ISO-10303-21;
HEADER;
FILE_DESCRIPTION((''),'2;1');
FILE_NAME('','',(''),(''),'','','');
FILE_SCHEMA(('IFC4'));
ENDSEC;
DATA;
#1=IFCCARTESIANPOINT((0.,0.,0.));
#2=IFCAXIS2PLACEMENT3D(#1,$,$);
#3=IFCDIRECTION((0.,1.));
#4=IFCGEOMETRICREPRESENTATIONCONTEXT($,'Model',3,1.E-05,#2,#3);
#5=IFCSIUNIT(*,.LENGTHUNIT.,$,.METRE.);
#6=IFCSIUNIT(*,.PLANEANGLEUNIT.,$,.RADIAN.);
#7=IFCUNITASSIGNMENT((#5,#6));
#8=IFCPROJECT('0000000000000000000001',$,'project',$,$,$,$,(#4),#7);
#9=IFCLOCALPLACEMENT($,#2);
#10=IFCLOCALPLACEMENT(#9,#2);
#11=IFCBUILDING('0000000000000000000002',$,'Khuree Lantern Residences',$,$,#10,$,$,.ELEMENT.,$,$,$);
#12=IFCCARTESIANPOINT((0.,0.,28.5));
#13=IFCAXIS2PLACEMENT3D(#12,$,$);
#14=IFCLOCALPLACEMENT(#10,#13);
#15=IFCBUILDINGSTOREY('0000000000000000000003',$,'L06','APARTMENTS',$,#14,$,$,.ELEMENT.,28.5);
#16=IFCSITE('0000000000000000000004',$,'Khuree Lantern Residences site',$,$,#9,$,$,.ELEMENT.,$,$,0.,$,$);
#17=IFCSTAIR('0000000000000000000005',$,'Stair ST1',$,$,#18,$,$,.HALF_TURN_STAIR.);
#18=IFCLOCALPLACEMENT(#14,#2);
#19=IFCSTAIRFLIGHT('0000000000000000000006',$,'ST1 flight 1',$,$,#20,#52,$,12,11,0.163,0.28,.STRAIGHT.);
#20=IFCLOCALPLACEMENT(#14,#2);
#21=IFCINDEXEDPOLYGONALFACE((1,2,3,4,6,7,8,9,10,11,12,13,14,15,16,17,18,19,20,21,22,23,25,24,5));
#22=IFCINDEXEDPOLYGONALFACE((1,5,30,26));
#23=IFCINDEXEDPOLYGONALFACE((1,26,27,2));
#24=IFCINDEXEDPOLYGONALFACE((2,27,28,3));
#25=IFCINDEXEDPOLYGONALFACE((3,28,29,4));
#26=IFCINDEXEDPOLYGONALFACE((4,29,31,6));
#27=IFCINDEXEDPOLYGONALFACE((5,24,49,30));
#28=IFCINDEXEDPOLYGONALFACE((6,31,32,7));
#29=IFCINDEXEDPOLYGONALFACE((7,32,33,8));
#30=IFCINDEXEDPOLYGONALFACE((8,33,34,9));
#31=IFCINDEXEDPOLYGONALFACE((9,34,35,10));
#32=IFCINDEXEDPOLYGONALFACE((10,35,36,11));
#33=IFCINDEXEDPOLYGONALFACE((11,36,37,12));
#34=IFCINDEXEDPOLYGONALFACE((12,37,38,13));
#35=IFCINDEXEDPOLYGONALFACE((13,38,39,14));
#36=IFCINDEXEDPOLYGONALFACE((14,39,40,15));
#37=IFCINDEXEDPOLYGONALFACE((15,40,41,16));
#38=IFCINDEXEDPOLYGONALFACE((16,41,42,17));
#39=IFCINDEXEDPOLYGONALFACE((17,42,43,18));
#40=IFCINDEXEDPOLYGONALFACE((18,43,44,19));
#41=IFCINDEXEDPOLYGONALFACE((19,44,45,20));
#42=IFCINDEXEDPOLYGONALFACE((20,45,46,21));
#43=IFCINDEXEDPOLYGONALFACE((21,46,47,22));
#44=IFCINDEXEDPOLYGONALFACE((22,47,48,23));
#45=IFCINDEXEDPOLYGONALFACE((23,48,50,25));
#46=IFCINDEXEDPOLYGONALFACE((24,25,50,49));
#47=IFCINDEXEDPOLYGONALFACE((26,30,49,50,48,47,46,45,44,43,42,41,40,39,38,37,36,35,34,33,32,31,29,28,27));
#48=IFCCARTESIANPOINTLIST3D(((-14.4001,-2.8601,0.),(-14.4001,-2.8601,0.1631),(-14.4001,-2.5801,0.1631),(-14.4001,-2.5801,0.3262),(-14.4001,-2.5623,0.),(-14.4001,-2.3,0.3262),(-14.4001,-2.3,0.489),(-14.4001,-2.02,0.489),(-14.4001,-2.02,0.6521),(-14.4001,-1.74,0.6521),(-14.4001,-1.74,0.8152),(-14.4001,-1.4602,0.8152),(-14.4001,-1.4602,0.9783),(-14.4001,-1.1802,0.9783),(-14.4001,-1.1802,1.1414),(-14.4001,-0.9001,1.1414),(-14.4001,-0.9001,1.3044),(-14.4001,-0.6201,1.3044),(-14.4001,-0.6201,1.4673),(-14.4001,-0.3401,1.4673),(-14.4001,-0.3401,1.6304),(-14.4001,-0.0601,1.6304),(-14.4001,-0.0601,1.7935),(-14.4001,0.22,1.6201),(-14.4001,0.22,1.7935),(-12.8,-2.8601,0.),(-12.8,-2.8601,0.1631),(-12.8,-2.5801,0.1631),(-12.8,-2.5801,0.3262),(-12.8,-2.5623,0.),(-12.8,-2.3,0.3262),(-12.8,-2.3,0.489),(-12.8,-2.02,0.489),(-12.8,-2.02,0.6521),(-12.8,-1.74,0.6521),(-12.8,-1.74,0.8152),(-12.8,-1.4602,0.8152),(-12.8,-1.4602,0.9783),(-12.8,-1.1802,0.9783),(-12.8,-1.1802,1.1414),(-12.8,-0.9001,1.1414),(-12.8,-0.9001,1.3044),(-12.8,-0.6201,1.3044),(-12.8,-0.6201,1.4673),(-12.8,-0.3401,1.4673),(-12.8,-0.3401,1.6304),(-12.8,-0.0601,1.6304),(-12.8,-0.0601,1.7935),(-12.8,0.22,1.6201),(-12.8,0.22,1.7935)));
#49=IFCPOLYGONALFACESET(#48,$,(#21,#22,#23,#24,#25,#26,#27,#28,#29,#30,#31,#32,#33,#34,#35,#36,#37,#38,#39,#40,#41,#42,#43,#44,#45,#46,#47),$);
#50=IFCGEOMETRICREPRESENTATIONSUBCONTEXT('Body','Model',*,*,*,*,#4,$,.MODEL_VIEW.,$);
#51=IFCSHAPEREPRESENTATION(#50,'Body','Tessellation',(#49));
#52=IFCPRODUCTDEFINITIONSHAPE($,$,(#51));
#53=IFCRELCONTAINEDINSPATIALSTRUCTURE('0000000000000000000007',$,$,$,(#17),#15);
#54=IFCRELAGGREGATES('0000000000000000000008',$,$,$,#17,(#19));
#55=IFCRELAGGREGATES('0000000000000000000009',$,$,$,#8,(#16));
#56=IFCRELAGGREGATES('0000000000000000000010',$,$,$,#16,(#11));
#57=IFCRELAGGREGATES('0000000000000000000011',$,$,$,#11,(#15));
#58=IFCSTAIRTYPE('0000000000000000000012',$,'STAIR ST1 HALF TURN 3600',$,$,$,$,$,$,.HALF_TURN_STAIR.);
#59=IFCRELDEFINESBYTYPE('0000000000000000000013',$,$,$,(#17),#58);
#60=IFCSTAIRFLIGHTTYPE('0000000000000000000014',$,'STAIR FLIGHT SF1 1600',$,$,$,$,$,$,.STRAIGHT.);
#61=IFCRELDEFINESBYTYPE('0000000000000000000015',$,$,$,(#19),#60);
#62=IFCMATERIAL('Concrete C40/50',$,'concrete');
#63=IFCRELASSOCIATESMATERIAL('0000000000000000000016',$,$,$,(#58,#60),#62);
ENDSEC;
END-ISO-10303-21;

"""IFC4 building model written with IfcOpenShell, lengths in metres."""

from ifc_helpers import new_model, si_unit, direction, frame, origin, place, context, subcontext, project, spatial, polyline, outline, extrude, material, type_object, element, aggregate, save


model = new_model("IFC4")

# Units and contexts
model_context = context("Model", 3, precision=1e-05, world=origin(), true_north=direction((0.0, 1.0)))
body_context = subcontext(model_context, "Body", "Model", "MODEL_VIEW")
ifc_project = project(units=[si_unit("LENGTHUNIT", "METRE"), si_unit("PLANEANGLEUNIT", "RADIAN")], contexts=[model_context])

# Site, building, storey
site_placement = place(None, origin())
site = spatial("IfcSite", under=ifc_project, at=site_placement, Name="Khuree Lantern Residences site", CompositionType="ELEMENT", RefElevation=0.0)
building_placement = place(site_placement, origin())
building = spatial("IfcBuilding", under=site, at=building_placement, Name="Khuree Lantern Residences", CompositionType="ELEMENT")
storey_placement = place(building_placement, frame((0.0, 0.0, 28.5)))
storey = spatial("IfcBuildingStorey", under=building, at=storey_placement, Name="L06", Description="APARTMENTS", CompositionType="ELEMENT", Elevation=28.5)

# Stair, stair flight
ifc_material_1 = material(Name="Concrete C40/50", Category="concrete")
stair_type = type_object("IfcStairType", Name="STAIR ST1 HALF TURN 3600", PredefinedType="HALF_TURN_STAIR", material=ifc_material_1)
stair_placement = place(storey_placement, origin())
stair = element("IfcStair", 1, at=stair_placement, inside=storey, type_object=stair_type, Name="Stair ST1", PredefinedType="HALF_TURN_STAIR")
stair_flight_type = type_object("IfcStairFlightType", Name="STAIR FLIGHT SF1 1600", PredefinedType="STRAIGHT", material=ifc_material_1)
stair_flight_placement = place(storey_placement, frame((-13.6001, -2.8601, 0.0), z_axis=(0.0, 0.0, 1.0), x_axis=(0.0, 1.0, 0.0)))
stair_flight = element("IfcStairFlight", 2, at=stair_flight_placement, type_object=stair_flight_type, Name="ST1 flight 1", NumberOfRisers=12, NumberOfTreads=11, PredefinedType="STRAIGHT", RiserHeight=0.163, TreadLength=0.28, context=body_context, shape_type="SweptSolid", body=[
    extrude(outline(polyline([(0.0, 0.0), (0.0, 0.1631), (0.28, 0.1631), (0.28, 0.3262), (0.5601, 0.3262), (0.5601, 0.489), (0.8401, 0.489), (0.8401, 0.6521), (1.1201, 0.6521), (1.1201, 0.8152), (1.3999, 0.8152), (1.3999, 0.9783), (1.6799, 0.9783), (1.6799, 1.1414), (1.96, 1.1414), (1.96, 1.3044), (2.24, 1.3044), (2.24, 1.4673), (2.52, 1.4673), (2.52, 1.6304), (2.8, 1.6304), (2.8, 1.7935), (3.0801, 1.7935), (3.0801, 1.9565), (3.0801, 1.6201), (0.2979, 0.0), (0.0, 0.0)])), frame((0.0, 0.8, 0.0), z_axis=(0.0, -1.0, 0.0), x_axis=(1.0, 0.0, 0.0)), (0.0, 0.0, 1.0), 1.6001),
])
aggregate(stair, [stair_flight])

save(model, "model.ifc")
